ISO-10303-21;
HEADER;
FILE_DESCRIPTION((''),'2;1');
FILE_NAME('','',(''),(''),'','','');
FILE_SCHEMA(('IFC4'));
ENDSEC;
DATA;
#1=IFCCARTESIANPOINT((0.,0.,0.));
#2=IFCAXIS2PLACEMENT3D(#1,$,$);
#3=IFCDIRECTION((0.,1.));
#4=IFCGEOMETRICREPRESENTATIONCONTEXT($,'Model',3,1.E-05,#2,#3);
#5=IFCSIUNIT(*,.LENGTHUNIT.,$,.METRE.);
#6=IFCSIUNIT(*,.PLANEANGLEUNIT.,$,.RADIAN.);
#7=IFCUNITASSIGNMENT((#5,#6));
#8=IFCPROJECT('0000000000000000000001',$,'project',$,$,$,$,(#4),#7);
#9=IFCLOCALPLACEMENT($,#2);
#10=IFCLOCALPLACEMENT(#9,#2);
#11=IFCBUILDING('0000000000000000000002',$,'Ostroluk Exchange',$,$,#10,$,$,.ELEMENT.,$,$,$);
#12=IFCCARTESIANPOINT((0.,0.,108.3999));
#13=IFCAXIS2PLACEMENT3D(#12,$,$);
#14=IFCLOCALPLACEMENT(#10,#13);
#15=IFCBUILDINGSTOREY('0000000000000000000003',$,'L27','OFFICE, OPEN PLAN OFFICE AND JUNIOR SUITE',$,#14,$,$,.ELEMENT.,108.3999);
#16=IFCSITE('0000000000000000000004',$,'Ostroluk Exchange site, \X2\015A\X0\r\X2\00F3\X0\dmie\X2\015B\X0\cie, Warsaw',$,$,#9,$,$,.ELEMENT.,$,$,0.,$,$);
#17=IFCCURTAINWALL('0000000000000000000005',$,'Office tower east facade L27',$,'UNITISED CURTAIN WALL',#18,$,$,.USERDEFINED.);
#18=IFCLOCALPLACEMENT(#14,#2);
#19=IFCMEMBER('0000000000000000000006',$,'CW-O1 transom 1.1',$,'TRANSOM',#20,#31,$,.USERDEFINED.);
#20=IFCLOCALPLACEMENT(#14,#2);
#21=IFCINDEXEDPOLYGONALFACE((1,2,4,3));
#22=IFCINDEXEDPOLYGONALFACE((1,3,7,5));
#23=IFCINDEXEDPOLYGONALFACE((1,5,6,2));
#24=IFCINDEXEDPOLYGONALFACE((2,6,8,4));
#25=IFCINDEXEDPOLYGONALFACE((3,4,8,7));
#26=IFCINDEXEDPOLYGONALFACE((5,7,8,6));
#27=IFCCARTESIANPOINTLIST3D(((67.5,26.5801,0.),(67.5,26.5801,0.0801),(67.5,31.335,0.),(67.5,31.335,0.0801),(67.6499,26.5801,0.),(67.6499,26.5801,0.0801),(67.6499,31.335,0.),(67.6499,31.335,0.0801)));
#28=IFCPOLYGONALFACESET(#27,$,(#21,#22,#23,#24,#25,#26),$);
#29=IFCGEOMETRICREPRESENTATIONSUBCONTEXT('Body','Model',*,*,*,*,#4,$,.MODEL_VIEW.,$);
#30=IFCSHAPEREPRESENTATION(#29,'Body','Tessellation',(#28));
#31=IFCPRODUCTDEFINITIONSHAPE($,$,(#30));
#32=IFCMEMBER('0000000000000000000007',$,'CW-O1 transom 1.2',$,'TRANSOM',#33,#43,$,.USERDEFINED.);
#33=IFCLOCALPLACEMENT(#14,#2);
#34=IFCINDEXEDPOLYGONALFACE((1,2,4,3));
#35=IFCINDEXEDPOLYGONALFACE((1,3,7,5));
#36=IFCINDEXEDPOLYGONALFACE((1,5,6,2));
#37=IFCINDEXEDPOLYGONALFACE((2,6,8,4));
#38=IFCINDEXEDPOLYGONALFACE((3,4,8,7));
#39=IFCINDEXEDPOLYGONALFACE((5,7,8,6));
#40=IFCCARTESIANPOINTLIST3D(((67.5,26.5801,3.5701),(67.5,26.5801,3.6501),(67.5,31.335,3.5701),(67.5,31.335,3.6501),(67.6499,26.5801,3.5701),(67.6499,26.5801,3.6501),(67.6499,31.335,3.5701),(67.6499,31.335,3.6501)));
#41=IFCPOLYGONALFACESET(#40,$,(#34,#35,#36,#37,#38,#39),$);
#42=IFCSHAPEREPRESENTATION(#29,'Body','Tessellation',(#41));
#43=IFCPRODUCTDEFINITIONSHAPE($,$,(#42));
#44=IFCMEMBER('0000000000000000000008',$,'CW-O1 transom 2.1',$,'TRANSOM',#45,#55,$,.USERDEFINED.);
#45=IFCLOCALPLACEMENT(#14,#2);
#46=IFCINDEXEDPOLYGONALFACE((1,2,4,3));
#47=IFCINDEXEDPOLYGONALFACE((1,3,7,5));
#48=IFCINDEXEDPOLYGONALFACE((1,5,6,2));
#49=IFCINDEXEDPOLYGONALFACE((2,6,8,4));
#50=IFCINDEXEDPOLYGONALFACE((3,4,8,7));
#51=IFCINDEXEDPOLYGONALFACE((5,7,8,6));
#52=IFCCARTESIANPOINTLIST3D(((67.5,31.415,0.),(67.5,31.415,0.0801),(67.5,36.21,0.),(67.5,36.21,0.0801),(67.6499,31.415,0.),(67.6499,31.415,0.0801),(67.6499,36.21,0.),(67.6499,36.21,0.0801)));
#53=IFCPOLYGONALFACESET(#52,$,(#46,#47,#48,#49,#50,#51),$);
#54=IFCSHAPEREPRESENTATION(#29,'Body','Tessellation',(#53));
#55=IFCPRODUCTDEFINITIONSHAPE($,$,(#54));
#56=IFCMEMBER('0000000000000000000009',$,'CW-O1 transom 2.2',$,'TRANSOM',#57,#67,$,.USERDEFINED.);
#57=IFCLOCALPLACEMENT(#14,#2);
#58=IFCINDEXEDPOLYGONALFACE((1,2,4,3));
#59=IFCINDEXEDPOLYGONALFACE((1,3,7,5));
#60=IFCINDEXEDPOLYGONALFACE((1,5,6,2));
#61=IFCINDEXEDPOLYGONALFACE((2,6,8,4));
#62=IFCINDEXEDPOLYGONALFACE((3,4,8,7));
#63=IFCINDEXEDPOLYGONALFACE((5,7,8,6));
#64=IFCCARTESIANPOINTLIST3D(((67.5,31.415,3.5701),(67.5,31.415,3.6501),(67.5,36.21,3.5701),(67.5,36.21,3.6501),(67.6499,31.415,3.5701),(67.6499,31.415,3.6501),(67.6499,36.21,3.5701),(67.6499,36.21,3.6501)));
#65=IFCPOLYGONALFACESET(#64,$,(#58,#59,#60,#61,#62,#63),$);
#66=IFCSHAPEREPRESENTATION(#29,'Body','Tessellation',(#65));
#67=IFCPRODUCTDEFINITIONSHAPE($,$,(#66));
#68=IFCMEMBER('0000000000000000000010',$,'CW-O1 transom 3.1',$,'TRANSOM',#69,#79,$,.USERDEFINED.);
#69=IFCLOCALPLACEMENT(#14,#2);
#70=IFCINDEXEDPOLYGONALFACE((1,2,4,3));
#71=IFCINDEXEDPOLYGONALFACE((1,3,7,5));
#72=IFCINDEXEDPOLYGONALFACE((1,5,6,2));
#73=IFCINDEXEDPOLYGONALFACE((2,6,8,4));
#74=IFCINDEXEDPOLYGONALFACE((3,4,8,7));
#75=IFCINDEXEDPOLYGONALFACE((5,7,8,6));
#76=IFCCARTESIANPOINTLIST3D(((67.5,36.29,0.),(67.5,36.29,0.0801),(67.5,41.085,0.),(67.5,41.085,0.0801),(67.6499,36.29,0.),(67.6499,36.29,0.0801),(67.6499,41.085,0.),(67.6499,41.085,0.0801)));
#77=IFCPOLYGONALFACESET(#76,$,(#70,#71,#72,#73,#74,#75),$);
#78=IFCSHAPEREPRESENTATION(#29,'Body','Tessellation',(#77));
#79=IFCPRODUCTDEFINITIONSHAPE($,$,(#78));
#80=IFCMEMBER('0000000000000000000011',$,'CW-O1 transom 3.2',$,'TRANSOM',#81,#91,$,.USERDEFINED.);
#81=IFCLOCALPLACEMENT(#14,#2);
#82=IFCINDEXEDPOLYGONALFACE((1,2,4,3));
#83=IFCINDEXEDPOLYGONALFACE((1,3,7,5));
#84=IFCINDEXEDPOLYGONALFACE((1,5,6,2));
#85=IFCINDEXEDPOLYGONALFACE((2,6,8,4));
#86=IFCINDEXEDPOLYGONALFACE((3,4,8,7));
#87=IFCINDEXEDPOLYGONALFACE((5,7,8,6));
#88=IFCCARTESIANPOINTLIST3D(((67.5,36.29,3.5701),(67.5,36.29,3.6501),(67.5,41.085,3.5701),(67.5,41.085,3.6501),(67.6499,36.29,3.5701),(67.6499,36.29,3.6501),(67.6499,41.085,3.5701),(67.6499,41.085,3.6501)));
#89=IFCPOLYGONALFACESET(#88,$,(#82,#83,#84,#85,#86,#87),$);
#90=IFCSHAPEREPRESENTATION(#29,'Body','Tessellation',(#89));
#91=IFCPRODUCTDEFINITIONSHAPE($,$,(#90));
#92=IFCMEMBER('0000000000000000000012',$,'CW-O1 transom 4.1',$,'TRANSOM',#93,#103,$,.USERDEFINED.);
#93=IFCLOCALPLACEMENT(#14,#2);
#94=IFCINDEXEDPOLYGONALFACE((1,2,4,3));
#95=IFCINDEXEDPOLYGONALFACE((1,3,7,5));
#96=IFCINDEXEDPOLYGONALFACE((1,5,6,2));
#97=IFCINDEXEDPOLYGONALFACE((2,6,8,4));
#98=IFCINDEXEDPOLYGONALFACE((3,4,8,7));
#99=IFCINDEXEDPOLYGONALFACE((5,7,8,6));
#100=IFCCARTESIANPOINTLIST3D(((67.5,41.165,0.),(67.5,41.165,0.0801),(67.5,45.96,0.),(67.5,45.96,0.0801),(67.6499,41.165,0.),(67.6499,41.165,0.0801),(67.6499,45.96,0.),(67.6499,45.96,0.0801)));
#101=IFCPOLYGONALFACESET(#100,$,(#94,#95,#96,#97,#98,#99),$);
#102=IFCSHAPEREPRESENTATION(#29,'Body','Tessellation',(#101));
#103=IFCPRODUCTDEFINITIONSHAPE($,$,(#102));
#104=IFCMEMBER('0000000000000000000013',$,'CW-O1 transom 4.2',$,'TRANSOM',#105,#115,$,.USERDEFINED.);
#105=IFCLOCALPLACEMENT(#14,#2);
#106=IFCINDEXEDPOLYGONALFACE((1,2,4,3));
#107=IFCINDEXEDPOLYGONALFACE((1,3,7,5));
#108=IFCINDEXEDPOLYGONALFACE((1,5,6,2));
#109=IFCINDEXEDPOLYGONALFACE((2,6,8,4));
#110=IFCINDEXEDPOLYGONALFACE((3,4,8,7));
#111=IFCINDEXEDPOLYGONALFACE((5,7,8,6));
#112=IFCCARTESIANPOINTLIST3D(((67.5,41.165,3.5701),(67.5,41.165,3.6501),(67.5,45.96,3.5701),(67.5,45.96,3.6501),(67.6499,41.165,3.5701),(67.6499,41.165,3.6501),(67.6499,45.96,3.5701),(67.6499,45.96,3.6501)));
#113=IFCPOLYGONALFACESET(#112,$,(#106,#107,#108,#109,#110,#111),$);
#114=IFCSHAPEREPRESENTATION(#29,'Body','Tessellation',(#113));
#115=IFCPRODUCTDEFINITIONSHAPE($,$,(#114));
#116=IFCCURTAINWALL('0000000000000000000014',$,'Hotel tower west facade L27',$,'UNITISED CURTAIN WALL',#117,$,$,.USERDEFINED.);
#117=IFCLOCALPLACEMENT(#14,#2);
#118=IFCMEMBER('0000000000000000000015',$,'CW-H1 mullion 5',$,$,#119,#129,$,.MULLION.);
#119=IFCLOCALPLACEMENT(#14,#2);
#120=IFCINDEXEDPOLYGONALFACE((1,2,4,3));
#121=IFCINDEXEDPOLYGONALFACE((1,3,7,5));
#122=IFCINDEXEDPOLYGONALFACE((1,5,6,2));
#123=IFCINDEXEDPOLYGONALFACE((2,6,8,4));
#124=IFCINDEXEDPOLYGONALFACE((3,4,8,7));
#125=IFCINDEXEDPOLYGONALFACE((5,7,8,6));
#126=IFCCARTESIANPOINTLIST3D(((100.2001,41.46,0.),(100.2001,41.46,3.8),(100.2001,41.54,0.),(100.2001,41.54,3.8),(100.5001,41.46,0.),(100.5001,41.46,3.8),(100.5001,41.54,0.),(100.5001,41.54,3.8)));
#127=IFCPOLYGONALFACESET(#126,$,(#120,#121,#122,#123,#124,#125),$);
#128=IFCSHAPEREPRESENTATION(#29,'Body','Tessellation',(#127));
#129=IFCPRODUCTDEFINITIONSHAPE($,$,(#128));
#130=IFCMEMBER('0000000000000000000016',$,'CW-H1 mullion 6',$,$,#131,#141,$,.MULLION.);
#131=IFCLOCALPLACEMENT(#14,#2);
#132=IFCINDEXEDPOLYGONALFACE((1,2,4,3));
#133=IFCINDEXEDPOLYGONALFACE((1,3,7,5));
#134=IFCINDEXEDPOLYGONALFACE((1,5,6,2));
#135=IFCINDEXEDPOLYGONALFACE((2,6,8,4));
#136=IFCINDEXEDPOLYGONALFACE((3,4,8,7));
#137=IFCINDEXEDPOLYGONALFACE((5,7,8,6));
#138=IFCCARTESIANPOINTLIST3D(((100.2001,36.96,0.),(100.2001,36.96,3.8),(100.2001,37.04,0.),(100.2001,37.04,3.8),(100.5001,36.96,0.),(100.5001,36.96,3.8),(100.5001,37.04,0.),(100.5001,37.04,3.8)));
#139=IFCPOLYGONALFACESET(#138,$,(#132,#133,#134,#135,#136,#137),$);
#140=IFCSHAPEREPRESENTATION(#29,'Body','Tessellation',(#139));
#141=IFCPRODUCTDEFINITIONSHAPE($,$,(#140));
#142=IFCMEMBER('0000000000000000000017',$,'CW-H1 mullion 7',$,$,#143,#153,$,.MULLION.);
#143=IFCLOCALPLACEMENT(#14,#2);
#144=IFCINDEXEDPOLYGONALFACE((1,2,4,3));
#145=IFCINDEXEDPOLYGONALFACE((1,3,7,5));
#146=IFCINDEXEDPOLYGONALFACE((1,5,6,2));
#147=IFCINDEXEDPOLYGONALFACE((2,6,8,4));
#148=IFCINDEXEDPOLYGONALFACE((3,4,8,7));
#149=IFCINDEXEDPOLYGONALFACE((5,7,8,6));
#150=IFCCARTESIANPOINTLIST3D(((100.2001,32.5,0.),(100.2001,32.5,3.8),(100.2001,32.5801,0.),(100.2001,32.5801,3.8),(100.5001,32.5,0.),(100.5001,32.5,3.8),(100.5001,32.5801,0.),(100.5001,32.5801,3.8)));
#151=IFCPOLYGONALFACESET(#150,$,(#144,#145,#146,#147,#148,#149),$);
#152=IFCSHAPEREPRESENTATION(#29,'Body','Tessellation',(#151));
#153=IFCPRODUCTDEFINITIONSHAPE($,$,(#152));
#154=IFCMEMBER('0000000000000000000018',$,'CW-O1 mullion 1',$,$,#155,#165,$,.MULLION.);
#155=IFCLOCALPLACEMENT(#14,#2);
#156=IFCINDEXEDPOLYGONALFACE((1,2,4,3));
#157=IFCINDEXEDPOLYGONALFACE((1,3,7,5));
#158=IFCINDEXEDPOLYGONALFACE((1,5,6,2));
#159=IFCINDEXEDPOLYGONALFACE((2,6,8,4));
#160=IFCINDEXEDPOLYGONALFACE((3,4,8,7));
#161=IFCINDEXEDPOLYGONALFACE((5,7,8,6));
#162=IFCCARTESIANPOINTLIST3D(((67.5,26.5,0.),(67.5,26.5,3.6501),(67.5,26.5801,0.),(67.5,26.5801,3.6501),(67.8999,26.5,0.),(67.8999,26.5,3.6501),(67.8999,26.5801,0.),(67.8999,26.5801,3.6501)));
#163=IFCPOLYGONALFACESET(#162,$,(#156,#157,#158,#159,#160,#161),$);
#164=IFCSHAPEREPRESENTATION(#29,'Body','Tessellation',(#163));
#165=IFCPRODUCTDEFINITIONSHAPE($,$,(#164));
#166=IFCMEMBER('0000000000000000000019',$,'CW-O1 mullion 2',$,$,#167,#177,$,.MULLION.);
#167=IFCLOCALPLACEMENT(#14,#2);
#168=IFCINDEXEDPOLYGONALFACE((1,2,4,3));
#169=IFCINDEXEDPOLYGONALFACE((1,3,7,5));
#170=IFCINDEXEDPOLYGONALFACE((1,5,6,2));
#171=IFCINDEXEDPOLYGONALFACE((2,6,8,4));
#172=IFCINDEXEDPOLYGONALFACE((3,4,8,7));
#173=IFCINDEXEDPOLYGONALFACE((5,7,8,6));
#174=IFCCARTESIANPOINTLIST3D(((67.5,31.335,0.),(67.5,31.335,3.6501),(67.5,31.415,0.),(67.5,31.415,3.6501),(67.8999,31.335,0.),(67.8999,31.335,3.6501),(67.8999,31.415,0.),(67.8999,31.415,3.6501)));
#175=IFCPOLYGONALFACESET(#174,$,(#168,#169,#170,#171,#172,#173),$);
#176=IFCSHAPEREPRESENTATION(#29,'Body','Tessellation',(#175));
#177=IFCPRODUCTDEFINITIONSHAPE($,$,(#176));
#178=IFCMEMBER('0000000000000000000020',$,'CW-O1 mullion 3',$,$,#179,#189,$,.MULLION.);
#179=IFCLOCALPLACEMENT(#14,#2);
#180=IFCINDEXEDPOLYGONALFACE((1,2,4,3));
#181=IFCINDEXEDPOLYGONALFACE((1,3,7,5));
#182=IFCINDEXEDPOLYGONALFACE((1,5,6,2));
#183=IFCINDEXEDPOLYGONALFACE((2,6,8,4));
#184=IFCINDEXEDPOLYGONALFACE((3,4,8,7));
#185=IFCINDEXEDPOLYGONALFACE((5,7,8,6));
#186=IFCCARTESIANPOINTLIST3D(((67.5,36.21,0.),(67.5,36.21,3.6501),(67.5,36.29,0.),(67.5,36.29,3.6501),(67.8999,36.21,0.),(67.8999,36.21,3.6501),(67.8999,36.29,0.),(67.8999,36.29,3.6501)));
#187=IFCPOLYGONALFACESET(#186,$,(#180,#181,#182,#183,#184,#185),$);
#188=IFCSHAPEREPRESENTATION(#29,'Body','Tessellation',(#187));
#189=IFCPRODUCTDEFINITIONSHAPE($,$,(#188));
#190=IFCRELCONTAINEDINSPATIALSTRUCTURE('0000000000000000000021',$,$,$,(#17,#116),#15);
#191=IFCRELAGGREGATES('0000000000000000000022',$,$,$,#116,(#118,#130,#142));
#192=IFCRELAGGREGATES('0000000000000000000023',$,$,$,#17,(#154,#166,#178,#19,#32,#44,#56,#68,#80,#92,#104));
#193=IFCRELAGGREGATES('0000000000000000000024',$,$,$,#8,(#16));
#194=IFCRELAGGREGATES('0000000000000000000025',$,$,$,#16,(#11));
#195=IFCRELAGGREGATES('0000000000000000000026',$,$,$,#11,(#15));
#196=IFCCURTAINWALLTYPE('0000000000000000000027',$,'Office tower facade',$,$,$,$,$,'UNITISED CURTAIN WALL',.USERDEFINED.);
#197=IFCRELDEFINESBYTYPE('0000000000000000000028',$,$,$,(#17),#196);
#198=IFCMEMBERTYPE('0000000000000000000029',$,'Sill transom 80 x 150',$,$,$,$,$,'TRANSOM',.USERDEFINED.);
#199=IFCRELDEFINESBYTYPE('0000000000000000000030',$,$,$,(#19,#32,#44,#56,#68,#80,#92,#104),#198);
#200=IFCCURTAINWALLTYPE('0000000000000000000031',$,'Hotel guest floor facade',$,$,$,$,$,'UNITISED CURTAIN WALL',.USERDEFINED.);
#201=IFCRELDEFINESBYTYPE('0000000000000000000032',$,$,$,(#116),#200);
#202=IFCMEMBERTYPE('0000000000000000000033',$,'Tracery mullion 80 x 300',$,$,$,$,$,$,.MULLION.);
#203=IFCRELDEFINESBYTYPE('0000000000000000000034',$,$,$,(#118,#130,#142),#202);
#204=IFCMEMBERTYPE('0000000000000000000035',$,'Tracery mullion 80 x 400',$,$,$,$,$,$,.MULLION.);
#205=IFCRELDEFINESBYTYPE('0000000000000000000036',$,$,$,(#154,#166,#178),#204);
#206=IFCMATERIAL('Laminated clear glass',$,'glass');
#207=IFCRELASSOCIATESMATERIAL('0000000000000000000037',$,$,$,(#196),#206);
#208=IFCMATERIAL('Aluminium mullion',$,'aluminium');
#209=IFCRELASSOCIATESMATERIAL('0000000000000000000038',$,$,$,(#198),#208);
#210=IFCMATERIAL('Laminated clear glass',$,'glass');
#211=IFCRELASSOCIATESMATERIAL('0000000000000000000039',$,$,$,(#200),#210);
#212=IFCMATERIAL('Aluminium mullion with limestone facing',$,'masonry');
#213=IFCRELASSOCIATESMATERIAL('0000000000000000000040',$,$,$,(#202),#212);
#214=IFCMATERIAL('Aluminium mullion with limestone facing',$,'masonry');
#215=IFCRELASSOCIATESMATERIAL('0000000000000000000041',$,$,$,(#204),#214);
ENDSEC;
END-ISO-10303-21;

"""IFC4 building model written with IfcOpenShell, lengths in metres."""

from ifc_helpers import new_model, si_unit, direction, frame, origin, origin_2d, place, context, subcontext, project, spatial, rectangle, extrude, material, material_profile, profile_set, type_object, element, aggregate, save


model = new_model("IFC4")

# Units and contexts
model_context = context("Model", 3, precision=1e-05, world=origin(), true_north=direction((0.0, 1.0)))
body_context = subcontext(model_context, "Body", "Model", "MODEL_VIEW")
ifc_project = project(units=[si_unit("LENGTHUNIT", "METRE"), si_unit("PLANEANGLEUNIT", "RADIAN")], contexts=[model_context])

# Site, building, storey
site_placement = place(None, origin())
site = spatial("IfcSite", under=ifc_project, at=site_placement, Name="Ostroluk Exchange site, Śródmieście, Warsaw", CompositionType="ELEMENT", RefElevation=0.0)
building_placement = place(site_placement, origin())
building = spatial("IfcBuilding", under=site, at=building_placement, Name="Ostroluk Exchange", CompositionType="ELEMENT")
storey_placement = place(building_placement, frame((0.0, 0.0, 108.3999)))
storey = spatial("IfcBuildingStorey", under=building, at=storey_placement, Name="L27", Description="OFFICE, OPEN PLAN OFFICE AND JUNIOR SUITE", CompositionType="ELEMENT", Elevation=108.3999)

# Curtain walls, members
ifc_material_1 = material(Name="Laminated clear glass", Category="glass")
curtain_wall_type_1 = type_object("IfcCurtainWallType", Name="Office tower facade", ElementType="UNITISED CURTAIN WALL", PredefinedType="USERDEFINED", material=ifc_material_1)
curtain_wall_1_placement = place(storey_placement, origin())
curtain_wall_1 = element("IfcCurtainWall", 1, at=curtain_wall_1_placement, inside=storey, type_object=curtain_wall_type_1, Name="Office tower east facade L27", ObjectType="UNITISED CURTAIN WALL", PredefinedType="USERDEFINED")
ifc_material_2 = material(Name="Aluminium mullion", Category="aluminium")
ifc_material_profile_1 = material_profile(ifc_material_2, rectangle(XDim=0.1499, YDim=0.0801, at=origin_2d()), Name="Sill transom 80 x 150")
ifc_profile_set_1 = profile_set([ifc_material_profile_1], Name="Aluminium mullion")
member_type_1 = type_object("IfcMemberType", Name="Sill transom 80 x 150", ElementType="TRANSOM", PredefinedType="USERDEFINED", material=ifc_profile_set_1)
member_1_placement = place(storey_placement, frame((67.575, 26.5801, 0.04), z_axis=(0.0, 1.0, 0.0), x_axis=(-1.0, 0.0, 0.0)))
member_1 = element("IfcMember", 2, at=member_1_placement, type_object=member_type_1, Name="CW-O1 transom 1.1", ObjectType="TRANSOM", PredefinedType="USERDEFINED", context=body_context, shape_type="SweptSolid", body=[
    extrude(rectangle(XDim=0.1499, YDim=0.0801, at=origin_2d()), origin(), (0.0, 0.0, 1.0), 4.7549),
])
member_2_placement = place(storey_placement, frame((67.575, 26.5801, 3.6101), z_axis=(0.0, 1.0, 0.0), x_axis=(-1.0, 0.0, 0.0)))
member_2 = element("IfcMember", 3, at=member_2_placement, type_object=member_type_1, Name="CW-O1 transom 1.2", ObjectType="TRANSOM", PredefinedType="USERDEFINED", context=body_context, shape_type="SweptSolid", body=[
    extrude(rectangle(XDim=0.1499, YDim=0.0801, at=origin_2d()), origin(), (0.0, 0.0, 1.0), 4.7549),
])
member_3_placement = place(storey_placement, frame((67.575, 31.415, 0.04), z_axis=(0.0, 1.0, 0.0), x_axis=(-1.0, 0.0, 0.0)))
member_3 = element("IfcMember", 4, at=member_3_placement, type_object=member_type_1, Name="CW-O1 transom 2.1", ObjectType="TRANSOM", PredefinedType="USERDEFINED", context=body_context, shape_type="SweptSolid", body=[
    extrude(rectangle(XDim=0.1499, YDim=0.0801, at=origin_2d()), origin(), (0.0, 0.0, 1.0), 4.7949),
])
member_4_placement = place(storey_placement, frame((67.575, 31.415, 3.6101), z_axis=(0.0, 1.0, 0.0), x_axis=(-1.0, 0.0, 0.0)))
member_4 = element("IfcMember", 5, at=member_4_placement, type_object=member_type_1, Name="CW-O1 transom 2.2", ObjectType="TRANSOM", PredefinedType="USERDEFINED", context=body_context, shape_type="SweptSolid", body=[
    extrude(rectangle(XDim=0.1499, YDim=0.0801, at=origin_2d()), origin(), (0.0, 0.0, 1.0), 4.7949),
])
member_5_placement = place(storey_placement, frame((67.575, 36.29, 0.04), z_axis=(0.0, 1.0, 0.0), x_axis=(-1.0, 0.0, 0.0)))
member_5 = element("IfcMember", 6, at=member_5_placement, type_object=member_type_1, Name="CW-O1 transom 3.1", ObjectType="TRANSOM", PredefinedType="USERDEFINED", context=body_context, shape_type="SweptSolid", body=[
    extrude(rectangle(XDim=0.1499, YDim=0.0801, at=origin_2d()), origin(), (0.0, 0.0, 1.0), 4.7949),
])
member_6_placement = place(storey_placement, frame((67.575, 36.29, 3.6101), z_axis=(0.0, 1.0, 0.0), x_axis=(-1.0, 0.0, 0.0)))
member_6 = element("IfcMember", 7, at=member_6_placement, type_object=member_type_1, Name="CW-O1 transom 3.2", ObjectType="TRANSOM", PredefinedType="USERDEFINED", context=body_context, shape_type="SweptSolid", body=[
    extrude(rectangle(XDim=0.1499, YDim=0.0801, at=origin_2d()), origin(), (0.0, 0.0, 1.0), 4.7949),
])
member_7_placement = place(storey_placement, frame((67.575, 41.165, 0.04), z_axis=(0.0, 1.0, 0.0), x_axis=(-1.0, 0.0, 0.0)))
member_7 = element("IfcMember", 8, at=member_7_placement, type_object=member_type_1, Name="CW-O1 transom 4.1", ObjectType="TRANSOM", PredefinedType="USERDEFINED", context=body_context, shape_type="SweptSolid", body=[
    extrude(rectangle(XDim=0.1499, YDim=0.0801, at=origin_2d()), origin(), (0.0, 0.0, 1.0), 4.7949),
])
member_8_placement = place(storey_placement, frame((67.575, 41.165, 3.6101), z_axis=(0.0, 1.0, 0.0), x_axis=(-1.0, 0.0, 0.0)))
member_8 = element("IfcMember", 9, at=member_8_placement, type_object=member_type_1, Name="CW-O1 transom 4.2", ObjectType="TRANSOM", PredefinedType="USERDEFINED", context=body_context, shape_type="SweptSolid", body=[
    extrude(rectangle(XDim=0.1499, YDim=0.0801, at=origin_2d()), origin(), (0.0, 0.0, 1.0), 4.7949),
])
ifc_material_3 = material(Name="Laminated clear glass", Category="glass")
curtain_wall_type_2 = type_object("IfcCurtainWallType", Name="Hotel guest floor facade", ElementType="UNITISED CURTAIN WALL", PredefinedType="USERDEFINED", material=ifc_material_3)
curtain_wall_2_placement = place(storey_placement, origin())
curtain_wall_2 = element("IfcCurtainWall", 10, at=curtain_wall_2_placement, inside=storey, type_object=curtain_wall_type_2, Name="Hotel tower west facade L27", ObjectType="UNITISED CURTAIN WALL", PredefinedType="USERDEFINED")
ifc_material_4 = material(Name="Aluminium mullion with limestone facing", Category="masonry")
ifc_material_profile_2 = material_profile(ifc_material_4, rectangle(XDim=0.3, YDim=0.0801, at=origin_2d()), Name="Tracery mullion 80 x 300")
ifc_profile_set_2 = profile_set([ifc_material_profile_2], Name="Aluminium mullion with limestone facing")
member_type_2 = type_object("IfcMemberType", Name="Tracery mullion 80 x 300", PredefinedType="MULLION", material=ifc_profile_set_2)
member_9_placement = place(storey_placement, frame((100.3501, 41.5, 0.0), z_axis=(0.0, 0.0, 1.0), x_axis=(1.0, 0.0, 0.0)))
member_9 = element("IfcMember", 11, at=member_9_placement, type_object=member_type_2, Name="CW-H1 mullion 5", PredefinedType="MULLION", context=body_context, shape_type="SweptSolid", body=[
    extrude(rectangle(XDim=0.3, YDim=0.0801, at=origin_2d()), origin(), (0.0, 0.0, 1.0), 3.8),
])
member_10_placement = place(storey_placement, frame((100.3501, 37.0, 0.0), z_axis=(0.0, 0.0, 1.0), x_axis=(1.0, 0.0, 0.0)))
member_10 = element("IfcMember", 12, at=member_10_placement, type_object=member_type_2, Name="CW-H1 mullion 6", PredefinedType="MULLION", context=body_context, shape_type="SweptSolid", body=[
    extrude(rectangle(XDim=0.3, YDim=0.0801, at=origin_2d()), origin(), (0.0, 0.0, 1.0), 3.8),
])
member_11_placement = place(storey_placement, frame((100.3501, 32.54, 0.0), z_axis=(0.0, 0.0, 1.0), x_axis=(1.0, 0.0, 0.0)))
member_11 = element("IfcMember", 13, at=member_11_placement, type_object=member_type_2, Name="CW-H1 mullion 7", PredefinedType="MULLION", context=body_context, shape_type="SweptSolid", body=[
    extrude(rectangle(XDim=0.3, YDim=0.0801, at=origin_2d()), origin(), (0.0, 0.0, 1.0), 3.8),
])
aggregate(curtain_wall_2, [member_9, member_10, member_11])

# Members
ifc_material_5 = material(Name="Aluminium mullion with limestone facing", Category="masonry")
ifc_material_profile_3 = material_profile(ifc_material_5, rectangle(XDim=0.3999, YDim=0.0801, at=origin_2d()), Name="Tracery mullion 80 x 400")
ifc_profile_set_3 = profile_set([ifc_material_profile_3], Name="Aluminium mullion with limestone facing")
member_type_3 = type_object("IfcMemberType", Name="Tracery mullion 80 x 400", PredefinedType="MULLION", material=ifc_profile_set_3)
member_12_placement = place(storey_placement, frame((67.7, 26.54, 0.0), z_axis=(0.0, 0.0, 1.0), x_axis=(-1.0, 0.0, 0.0)))
member_12 = element("IfcMember", 14, at=member_12_placement, type_object=member_type_3, Name="CW-O1 mullion 1", PredefinedType="MULLION", context=body_context, shape_type="SweptSolid", body=[
    extrude(rectangle(XDim=0.3999, YDim=0.0801, at=origin_2d()), origin(), (0.0, 0.0, 1.0), 3.6501),
])
member_13_placement = place(storey_placement, frame((67.7, 31.375, 0.0), z_axis=(0.0, 0.0, 1.0), x_axis=(-1.0, 0.0, 0.0)))
member_13 = element("IfcMember", 15, at=member_13_placement, type_object=member_type_3, Name="CW-O1 mullion 2", PredefinedType="MULLION", context=body_context, shape_type="SweptSolid", body=[
    extrude(rectangle(XDim=0.3999, YDim=0.0801, at=origin_2d()), origin(), (0.0, 0.0, 1.0), 3.6501),
])
member_14_placement = place(storey_placement, frame((67.7, 36.25, 0.0), z_axis=(0.0, 0.0, 1.0), x_axis=(-1.0, 0.0, 0.0)))
member_14 = element("IfcMember", 16, at=member_14_placement, type_object=member_type_3, Name="CW-O1 mullion 3", PredefinedType="MULLION", context=body_context, shape_type="SweptSolid", body=[
    extrude(rectangle(XDim=0.3999, YDim=0.0801, at=origin_2d()), origin(), (0.0, 0.0, 1.0), 3.6501),
])

aggregate(curtain_wall_1, [member_12, member_13, member_14, member_1, member_2, member_3, member_4, member_5, member_6, member_7, member_8])

save(model, "model.ifc")
